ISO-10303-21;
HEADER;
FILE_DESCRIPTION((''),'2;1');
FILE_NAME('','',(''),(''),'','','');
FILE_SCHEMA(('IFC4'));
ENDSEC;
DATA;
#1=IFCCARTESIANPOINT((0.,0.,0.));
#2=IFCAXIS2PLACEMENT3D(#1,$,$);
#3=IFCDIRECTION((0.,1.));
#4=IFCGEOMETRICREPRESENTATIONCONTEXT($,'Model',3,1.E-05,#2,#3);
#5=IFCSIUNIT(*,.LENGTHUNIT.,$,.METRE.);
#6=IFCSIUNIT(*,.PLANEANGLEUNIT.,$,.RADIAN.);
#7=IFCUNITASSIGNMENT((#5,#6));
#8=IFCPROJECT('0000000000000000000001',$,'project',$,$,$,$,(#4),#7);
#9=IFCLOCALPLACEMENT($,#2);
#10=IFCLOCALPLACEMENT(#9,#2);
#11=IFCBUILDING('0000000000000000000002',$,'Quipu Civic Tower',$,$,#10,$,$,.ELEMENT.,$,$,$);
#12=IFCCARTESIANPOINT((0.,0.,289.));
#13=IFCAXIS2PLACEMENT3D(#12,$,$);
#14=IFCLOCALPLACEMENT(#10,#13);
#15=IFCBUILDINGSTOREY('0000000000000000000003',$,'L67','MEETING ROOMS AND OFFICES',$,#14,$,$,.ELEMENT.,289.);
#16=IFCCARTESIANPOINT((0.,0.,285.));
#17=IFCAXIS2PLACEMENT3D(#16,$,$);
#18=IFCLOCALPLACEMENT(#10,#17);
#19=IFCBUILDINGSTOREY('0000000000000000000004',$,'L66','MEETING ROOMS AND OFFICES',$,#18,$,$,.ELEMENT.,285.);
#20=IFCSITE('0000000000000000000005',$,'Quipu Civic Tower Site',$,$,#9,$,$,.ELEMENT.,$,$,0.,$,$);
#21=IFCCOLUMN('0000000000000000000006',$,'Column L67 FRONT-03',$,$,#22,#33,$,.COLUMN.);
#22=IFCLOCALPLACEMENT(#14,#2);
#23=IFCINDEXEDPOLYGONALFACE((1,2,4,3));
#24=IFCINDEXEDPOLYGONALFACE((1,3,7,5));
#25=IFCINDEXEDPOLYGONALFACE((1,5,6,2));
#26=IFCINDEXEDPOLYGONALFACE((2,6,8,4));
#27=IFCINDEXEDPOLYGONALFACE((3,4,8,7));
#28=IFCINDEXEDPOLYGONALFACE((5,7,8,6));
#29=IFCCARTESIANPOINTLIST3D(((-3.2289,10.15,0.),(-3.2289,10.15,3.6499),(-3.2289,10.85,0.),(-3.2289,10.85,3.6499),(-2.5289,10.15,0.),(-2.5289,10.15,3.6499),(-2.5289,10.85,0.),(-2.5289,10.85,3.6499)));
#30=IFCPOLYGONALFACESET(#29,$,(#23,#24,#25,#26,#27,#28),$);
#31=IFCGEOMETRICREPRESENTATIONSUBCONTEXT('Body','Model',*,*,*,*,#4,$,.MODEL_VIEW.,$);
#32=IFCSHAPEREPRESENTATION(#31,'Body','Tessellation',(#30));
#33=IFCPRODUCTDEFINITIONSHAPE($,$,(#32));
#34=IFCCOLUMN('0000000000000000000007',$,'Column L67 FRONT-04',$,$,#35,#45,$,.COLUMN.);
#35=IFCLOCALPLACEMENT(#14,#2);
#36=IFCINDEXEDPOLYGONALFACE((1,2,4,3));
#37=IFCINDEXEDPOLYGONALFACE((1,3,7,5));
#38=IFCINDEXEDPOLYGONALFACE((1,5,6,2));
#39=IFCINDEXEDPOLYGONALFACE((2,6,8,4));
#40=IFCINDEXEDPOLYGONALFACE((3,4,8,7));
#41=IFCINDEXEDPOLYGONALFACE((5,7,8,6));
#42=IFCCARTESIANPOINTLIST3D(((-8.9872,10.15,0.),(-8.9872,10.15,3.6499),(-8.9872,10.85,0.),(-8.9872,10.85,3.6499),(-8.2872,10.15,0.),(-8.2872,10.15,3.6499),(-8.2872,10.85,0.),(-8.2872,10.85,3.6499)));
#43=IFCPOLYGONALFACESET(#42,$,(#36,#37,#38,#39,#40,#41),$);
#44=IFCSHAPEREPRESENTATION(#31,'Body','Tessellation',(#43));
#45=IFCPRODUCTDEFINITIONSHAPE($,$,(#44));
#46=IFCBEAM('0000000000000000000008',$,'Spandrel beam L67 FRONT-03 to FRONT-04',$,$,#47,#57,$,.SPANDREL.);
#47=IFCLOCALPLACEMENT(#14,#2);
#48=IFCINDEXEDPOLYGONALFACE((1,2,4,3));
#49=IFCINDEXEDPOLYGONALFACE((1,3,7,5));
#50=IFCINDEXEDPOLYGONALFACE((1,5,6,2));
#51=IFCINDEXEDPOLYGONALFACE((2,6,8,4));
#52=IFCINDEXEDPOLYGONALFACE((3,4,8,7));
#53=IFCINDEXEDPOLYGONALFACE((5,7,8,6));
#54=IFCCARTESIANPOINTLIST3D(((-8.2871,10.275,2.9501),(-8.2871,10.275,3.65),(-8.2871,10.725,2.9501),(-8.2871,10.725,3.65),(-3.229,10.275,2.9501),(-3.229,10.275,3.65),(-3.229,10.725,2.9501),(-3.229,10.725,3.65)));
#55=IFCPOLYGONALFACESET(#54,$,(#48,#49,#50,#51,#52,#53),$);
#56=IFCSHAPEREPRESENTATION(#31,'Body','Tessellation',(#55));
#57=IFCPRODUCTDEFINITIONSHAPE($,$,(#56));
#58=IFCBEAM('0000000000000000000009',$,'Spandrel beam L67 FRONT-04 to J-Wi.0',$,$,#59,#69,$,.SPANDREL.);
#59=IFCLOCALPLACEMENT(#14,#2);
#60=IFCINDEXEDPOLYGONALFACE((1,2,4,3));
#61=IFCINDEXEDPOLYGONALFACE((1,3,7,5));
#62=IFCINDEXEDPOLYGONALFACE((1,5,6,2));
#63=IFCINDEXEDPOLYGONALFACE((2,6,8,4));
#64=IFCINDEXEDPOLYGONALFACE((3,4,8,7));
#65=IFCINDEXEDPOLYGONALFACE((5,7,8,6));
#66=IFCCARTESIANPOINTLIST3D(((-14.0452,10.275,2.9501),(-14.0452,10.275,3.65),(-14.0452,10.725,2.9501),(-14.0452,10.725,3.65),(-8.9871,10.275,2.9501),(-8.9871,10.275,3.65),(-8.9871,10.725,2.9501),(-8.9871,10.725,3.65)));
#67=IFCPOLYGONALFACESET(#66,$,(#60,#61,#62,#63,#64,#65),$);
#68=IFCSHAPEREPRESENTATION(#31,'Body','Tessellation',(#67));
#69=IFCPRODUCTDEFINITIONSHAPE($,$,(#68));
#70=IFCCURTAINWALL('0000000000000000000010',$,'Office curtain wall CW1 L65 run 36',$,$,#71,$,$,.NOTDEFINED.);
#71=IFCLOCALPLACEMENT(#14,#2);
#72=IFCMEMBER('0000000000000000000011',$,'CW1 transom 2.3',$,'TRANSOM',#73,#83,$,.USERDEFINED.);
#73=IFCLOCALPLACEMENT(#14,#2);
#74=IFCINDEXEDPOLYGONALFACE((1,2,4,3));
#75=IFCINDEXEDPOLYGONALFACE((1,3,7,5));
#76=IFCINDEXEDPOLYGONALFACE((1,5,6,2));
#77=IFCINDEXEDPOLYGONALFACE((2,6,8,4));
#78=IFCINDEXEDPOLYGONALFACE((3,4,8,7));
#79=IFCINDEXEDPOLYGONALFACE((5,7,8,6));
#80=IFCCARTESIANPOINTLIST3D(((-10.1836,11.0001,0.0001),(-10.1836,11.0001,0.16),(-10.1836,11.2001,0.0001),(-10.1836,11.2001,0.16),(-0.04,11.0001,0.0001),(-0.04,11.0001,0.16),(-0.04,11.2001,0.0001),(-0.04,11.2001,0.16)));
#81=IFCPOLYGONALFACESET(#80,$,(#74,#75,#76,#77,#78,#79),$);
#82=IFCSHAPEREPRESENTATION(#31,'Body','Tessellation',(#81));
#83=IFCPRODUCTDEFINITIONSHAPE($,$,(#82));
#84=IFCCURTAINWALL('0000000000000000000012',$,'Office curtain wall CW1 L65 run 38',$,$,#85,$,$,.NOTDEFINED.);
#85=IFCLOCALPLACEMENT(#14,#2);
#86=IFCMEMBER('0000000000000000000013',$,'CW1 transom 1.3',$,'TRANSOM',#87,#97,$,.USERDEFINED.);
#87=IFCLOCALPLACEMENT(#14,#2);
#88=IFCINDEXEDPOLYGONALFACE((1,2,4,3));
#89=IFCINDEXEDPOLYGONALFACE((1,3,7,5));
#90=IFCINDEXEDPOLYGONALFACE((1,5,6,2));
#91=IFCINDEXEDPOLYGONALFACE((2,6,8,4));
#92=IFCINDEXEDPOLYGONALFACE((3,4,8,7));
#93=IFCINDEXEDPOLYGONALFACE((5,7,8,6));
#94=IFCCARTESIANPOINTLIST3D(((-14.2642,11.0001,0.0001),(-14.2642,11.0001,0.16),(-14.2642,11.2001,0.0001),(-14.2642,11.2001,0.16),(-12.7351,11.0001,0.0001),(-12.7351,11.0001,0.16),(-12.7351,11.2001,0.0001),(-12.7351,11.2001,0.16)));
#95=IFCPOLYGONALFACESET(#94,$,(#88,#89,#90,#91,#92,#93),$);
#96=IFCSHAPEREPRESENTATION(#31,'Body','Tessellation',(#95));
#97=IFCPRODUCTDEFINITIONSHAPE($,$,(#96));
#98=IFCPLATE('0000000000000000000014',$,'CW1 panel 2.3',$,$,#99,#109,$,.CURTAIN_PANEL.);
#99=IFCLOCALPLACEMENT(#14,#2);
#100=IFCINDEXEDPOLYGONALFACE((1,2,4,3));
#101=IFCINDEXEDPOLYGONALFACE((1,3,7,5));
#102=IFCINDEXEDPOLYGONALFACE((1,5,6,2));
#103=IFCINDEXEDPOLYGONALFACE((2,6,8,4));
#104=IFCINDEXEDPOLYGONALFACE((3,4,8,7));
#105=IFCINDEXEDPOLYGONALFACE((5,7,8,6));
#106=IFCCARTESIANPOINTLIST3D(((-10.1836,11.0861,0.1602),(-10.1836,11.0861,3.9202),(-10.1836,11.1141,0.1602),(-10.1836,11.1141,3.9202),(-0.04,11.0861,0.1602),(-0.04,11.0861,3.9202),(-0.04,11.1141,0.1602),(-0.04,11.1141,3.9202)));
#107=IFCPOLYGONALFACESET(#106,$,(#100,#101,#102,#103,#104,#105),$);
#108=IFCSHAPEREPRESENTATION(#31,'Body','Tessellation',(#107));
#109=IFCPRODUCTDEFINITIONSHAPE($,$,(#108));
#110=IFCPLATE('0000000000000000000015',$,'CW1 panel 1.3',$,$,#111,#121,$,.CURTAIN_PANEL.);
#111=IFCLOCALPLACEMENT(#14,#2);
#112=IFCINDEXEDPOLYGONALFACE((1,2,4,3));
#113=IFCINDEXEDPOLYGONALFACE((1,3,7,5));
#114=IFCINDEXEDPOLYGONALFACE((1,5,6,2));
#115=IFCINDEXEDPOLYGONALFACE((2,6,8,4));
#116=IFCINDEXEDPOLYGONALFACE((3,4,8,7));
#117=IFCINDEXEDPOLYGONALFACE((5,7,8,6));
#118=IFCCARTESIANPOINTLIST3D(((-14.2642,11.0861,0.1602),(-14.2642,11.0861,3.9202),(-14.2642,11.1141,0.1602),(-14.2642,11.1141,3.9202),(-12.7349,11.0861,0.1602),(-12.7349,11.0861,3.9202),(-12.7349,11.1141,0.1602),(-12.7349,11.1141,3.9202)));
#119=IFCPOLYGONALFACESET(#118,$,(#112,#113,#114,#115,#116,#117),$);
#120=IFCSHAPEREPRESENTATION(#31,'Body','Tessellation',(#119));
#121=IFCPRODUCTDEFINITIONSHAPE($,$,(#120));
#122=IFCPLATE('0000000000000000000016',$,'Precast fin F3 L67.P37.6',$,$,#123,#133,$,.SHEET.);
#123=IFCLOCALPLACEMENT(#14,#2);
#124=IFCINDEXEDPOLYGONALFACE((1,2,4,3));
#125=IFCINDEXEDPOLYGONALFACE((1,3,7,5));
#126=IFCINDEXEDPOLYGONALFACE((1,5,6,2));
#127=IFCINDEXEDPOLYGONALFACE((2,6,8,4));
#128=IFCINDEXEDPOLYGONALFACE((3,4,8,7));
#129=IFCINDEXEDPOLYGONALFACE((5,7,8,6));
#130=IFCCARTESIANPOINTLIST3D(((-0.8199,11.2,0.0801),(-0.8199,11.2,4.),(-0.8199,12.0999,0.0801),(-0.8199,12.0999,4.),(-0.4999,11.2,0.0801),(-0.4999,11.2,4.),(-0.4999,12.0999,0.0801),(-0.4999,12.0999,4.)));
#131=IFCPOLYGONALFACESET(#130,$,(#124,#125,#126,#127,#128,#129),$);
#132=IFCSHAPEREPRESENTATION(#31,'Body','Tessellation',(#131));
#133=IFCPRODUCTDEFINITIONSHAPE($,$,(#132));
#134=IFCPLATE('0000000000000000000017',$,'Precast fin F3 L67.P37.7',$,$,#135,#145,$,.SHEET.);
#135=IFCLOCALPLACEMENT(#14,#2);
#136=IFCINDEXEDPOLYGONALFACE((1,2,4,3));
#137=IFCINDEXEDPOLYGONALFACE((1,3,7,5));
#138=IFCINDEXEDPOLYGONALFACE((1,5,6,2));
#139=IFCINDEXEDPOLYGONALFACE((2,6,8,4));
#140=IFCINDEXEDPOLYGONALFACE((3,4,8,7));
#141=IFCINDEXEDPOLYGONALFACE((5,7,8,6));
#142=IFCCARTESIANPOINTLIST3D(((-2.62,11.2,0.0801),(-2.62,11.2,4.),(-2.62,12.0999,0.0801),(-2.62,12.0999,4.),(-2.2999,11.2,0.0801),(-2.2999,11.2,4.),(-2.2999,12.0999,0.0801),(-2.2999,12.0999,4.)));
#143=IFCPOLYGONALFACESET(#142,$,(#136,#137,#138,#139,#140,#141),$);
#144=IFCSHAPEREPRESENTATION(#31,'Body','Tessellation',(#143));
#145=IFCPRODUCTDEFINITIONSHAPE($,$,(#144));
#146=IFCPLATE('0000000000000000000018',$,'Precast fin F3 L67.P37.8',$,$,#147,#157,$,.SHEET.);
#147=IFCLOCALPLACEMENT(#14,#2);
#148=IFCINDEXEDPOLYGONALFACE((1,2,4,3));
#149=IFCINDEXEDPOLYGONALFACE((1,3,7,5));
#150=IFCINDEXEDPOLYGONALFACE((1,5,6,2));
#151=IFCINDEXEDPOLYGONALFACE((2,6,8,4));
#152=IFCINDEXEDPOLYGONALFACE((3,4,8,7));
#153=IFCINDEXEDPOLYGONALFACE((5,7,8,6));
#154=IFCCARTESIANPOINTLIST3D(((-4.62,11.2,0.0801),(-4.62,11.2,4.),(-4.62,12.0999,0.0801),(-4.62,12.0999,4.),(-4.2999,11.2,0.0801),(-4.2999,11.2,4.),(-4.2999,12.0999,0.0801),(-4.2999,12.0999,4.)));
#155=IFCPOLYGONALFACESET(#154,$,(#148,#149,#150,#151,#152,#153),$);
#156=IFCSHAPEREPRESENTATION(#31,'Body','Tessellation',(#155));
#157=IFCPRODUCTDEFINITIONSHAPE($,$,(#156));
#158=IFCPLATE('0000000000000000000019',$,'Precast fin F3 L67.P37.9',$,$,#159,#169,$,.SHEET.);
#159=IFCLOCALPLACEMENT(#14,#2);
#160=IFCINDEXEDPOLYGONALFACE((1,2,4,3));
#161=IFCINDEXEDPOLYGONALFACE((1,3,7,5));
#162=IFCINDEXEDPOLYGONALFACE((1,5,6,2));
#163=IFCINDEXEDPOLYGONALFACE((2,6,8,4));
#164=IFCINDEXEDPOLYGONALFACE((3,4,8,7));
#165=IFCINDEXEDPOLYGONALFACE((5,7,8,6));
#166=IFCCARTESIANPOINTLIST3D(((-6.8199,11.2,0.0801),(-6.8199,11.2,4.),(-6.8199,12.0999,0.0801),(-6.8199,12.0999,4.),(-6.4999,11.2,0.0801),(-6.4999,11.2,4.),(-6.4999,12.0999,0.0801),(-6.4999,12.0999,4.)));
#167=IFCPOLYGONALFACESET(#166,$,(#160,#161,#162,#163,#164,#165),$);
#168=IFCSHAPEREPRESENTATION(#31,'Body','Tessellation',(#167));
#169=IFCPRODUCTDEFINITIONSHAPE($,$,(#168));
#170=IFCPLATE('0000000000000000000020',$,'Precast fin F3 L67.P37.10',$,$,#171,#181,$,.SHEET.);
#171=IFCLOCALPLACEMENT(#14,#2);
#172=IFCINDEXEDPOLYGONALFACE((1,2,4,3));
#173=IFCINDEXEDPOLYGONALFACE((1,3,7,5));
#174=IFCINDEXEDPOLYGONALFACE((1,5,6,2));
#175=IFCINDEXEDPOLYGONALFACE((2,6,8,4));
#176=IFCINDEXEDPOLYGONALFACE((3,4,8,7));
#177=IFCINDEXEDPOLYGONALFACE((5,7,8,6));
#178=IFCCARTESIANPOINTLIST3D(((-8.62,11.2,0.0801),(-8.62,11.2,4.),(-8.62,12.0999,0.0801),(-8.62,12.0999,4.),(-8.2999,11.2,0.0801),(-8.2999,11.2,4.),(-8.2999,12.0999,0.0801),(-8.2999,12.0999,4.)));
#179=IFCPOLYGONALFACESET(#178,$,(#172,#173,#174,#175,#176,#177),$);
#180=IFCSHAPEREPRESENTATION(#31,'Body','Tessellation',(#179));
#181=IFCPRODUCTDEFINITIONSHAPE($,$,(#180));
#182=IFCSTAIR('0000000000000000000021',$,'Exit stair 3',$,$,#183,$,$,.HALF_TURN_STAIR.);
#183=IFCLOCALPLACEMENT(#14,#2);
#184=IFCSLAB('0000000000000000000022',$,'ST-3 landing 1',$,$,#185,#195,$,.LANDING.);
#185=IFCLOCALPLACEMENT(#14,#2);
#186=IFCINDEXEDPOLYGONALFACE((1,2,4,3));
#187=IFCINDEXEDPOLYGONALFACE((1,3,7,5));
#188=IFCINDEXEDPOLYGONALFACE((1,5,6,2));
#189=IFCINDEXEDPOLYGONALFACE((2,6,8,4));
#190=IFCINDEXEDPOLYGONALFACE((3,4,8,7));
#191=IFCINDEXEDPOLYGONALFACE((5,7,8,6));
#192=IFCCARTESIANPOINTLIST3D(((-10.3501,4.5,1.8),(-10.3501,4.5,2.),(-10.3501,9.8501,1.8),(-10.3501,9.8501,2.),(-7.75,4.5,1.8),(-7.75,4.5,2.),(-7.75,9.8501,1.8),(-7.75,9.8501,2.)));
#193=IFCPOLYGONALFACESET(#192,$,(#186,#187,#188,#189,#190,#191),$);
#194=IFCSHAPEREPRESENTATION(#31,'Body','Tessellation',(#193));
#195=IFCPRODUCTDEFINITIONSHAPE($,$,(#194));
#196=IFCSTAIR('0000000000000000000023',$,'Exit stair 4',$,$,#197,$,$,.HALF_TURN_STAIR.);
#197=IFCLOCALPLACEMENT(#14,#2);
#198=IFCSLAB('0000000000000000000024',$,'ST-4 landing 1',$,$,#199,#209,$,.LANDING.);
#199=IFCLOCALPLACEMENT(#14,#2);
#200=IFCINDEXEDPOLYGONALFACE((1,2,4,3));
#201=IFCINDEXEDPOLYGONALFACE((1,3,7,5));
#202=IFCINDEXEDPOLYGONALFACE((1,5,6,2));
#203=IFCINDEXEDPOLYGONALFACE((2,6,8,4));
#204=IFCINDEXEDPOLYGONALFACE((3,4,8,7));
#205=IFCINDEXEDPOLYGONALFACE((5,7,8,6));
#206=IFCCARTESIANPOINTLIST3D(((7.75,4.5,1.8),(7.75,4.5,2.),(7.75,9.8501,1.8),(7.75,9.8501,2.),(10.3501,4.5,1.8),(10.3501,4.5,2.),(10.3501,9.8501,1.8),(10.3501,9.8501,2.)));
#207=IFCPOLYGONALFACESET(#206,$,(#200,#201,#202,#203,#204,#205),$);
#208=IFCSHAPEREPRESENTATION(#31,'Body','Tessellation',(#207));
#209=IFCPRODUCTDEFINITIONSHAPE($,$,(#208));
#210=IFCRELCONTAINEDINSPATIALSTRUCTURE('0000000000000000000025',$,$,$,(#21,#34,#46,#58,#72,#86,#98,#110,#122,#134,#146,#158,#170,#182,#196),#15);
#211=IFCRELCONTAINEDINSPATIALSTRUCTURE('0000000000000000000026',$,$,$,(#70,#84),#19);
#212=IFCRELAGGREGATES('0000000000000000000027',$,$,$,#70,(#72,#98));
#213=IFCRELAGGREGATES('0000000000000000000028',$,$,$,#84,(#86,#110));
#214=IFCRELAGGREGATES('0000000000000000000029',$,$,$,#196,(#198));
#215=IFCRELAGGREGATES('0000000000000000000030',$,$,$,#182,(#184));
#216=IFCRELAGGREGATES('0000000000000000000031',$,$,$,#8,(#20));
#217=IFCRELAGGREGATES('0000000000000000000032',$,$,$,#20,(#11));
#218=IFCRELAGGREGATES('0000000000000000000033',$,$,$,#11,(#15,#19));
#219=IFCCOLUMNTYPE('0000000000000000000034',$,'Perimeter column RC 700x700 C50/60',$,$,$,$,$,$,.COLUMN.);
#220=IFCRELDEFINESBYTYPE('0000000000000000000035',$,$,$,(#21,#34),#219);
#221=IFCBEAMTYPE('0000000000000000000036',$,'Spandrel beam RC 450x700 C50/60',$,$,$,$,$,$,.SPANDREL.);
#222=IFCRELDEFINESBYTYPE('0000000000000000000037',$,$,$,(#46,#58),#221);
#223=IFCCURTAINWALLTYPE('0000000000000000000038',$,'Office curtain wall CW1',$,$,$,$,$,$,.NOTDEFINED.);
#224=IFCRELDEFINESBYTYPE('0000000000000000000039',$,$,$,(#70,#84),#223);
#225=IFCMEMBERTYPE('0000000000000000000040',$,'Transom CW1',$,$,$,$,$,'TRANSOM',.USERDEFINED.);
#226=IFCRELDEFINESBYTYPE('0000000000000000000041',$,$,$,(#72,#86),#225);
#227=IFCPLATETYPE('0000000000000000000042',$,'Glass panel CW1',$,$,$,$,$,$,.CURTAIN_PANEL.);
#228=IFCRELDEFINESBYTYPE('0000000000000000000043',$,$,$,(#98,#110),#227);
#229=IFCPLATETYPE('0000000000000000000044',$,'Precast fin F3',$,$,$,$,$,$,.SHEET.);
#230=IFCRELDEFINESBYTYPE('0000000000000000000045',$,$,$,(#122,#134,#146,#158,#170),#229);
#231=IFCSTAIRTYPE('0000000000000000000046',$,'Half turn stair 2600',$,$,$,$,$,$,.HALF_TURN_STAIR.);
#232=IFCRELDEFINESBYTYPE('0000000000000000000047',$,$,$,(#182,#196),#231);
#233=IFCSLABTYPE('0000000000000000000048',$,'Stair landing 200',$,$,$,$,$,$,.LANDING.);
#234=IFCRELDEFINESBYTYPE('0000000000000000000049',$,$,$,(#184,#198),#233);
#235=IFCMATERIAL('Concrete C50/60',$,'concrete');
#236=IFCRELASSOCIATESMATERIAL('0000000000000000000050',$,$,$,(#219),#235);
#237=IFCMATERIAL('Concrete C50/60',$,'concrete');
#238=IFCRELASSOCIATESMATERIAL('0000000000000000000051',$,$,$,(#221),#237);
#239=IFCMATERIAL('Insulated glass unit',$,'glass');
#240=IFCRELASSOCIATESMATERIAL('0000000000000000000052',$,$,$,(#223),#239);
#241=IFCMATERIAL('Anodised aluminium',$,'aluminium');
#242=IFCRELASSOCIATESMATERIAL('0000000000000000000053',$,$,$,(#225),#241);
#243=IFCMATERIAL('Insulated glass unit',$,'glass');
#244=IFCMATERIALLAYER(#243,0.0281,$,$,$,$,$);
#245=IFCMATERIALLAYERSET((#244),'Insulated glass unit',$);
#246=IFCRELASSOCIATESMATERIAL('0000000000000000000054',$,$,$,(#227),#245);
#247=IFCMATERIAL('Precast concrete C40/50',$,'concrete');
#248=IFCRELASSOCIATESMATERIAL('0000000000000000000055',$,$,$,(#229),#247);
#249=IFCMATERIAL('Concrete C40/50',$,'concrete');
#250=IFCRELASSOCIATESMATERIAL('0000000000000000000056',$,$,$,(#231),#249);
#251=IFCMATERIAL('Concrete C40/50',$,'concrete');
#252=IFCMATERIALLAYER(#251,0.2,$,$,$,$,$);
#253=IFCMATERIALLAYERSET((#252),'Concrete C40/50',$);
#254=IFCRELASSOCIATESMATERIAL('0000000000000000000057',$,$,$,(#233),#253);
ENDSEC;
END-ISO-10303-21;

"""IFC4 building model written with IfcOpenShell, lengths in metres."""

from ifc_helpers import new_model, si_unit, direction, frame, origin, origin_2d, place, context, subcontext, project, spatial, polyline, rectangle, outline, extrude, material, layer, layer_set, material_profile, profile_set, type_object, element, aggregate, save


model = new_model("IFC4")

# Units and contexts
model_context = context("Model", 3, precision=1e-05, world=origin(), true_north=direction((0.0, 1.0)))
body_context = subcontext(model_context, "Body", "Model", "MODEL_VIEW")
ifc_project = project(units=[si_unit("LENGTHUNIT", "METRE"), si_unit("PLANEANGLEUNIT", "RADIAN")], contexts=[model_context])

# Site, building, storey
site_placement = place(None, origin())
site = spatial("IfcSite", under=ifc_project, at=site_placement, Name="Quipu Civic Tower Site", CompositionType="ELEMENT", RefElevation=0.0)
building_placement = place(site_placement, origin())
building = spatial("IfcBuilding", under=site, at=building_placement, Name="Quipu Civic Tower", CompositionType="ELEMENT")
storey_1_placement = place(building_placement, frame((0.0, 0.0, 289.0)))
storey_1 = spatial("IfcBuildingStorey", under=building, at=storey_1_placement, Name="L67", Description="MEETING ROOMS AND OFFICES", CompositionType="ELEMENT", Elevation=289.0)

# Columns
ifc_material_1 = material(Name="Concrete C50/60", Category="concrete")
ifc_material_profile_1 = material_profile(ifc_material_1, rectangle(XDim=0.7, YDim=0.7, at=origin_2d()), Name="RC700x700")
ifc_profile_set_1 = profile_set([ifc_material_profile_1], Name="Concrete C50/60")
column_type = type_object("IfcColumnType", Name="Perimeter column RC 700x700 C50/60", PredefinedType="COLUMN", material=ifc_profile_set_1)
for number, where, z_axis, x_axis, name in (
    (1, (-2.8789, 10.5, 0.0), (0.0, 0.0, 1.0), (-1.0, 0.0, 0.0), "Column L67 FRONT-03"),
    (2, (-8.6372, 10.5, 0.0), (0.0, 0.0, 1.0), (-1.0, 0.0, 0.0), "Column L67 FRONT-04"),
):
    element("IfcColumn", number, at=place(storey_1_placement, frame(where, z_axis=z_axis, x_axis=x_axis)), inside=storey_1, type_object=column_type, Name=name, PredefinedType="COLUMN", context=body_context, shape_type="SweptSolid", body=[
        extrude(rectangle(XDim=0.7, YDim=0.7, at=origin_2d()), origin(), (0.0, 0.0, 1.0), 3.6499),
    ])

# Beams
ifc_material_2 = material(Name="Concrete C50/60", Category="concrete")
ifc_material_profile_2 = material_profile(ifc_material_2, rectangle(XDim=0.45, YDim=0.7, at=origin_2d()), Name="RC450x700")
ifc_profile_set_2 = profile_set([ifc_material_profile_2], Name="Concrete C50/60")
beam_type = type_object("IfcBeamType", Name="Spandrel beam RC 450x700 C50/60", PredefinedType="SPANDREL", material=ifc_profile_set_2)
for number, where, z_axis, x_axis, name in (
    (3, (-3.229, 10.5, 3.3), (-1.0, 0.0, 0.0), (0.0, -1.0, 0.0), "Spandrel beam L67 FRONT-03 to FRONT-04"),
    (4, (-8.9871, 10.5, 3.3), (-1.0, 0.0, 0.0), (0.0, -1.0, 0.0), "Spandrel beam L67 FRONT-04 to J-Wi.0"),
):
    element("IfcBeam", number, at=place(storey_1_placement, frame(where, z_axis=z_axis, x_axis=x_axis)), inside=storey_1, type_object=beam_type, Name=name, PredefinedType="SPANDREL", context=body_context, shape_type="SweptSolid", body=[
        extrude(rectangle(XDim=0.45, YDim=0.7, at=origin_2d()), origin(), (0.0, 0.0, 1.0), 5.0581),
    ])

# Shared definitions
storey_2_placement = place(building_placement, frame((0.0, 0.0, 285.0)))
storey_2 = spatial("IfcBuildingStorey", under=building, at=storey_2_placement, Name="L66", Description="MEETING ROOMS AND OFFICES", CompositionType="ELEMENT", Elevation=285.0)

# Curtain walls, members
ifc_material_3 = material(Name="Insulated glass unit", Category="glass")
curtain_wall_type = type_object("IfcCurtainWallType", Name="Office curtain wall CW1", PredefinedType="NOTDEFINED", material=ifc_material_3)
curtain_wall_1_placement = place(storey_2_placement, origin())
curtain_wall_1 = element("IfcCurtainWall", 5, at=curtain_wall_1_placement, inside=storey_2, type_object=curtain_wall_type, Name="Office curtain wall CW1 L65 run 36", PredefinedType="NOTDEFINED")
ifc_material_4 = material(Name="Anodised aluminium", Category="aluminium")
ifc_material_profile_3 = material_profile(ifc_material_4, rectangle(XDim=0.2, YDim=0.1599, at=origin_2d()), Name="RECT 200x160")
ifc_profile_set_3 = profile_set([ifc_material_profile_3], Name="Anodised aluminium")
member_type = type_object("IfcMemberType", Name="Transom CW1", ElementType="TRANSOM", PredefinedType="USERDEFINED", material=ifc_profile_set_3)
member_1_placement = place(storey_1_placement, frame((-0.04, 11.1001, 0.0801), z_axis=(-1.0, 0.0, 0.0), x_axis=(0.0, -1.0, 0.0)))
member_1 = element("IfcMember", 6, at=member_1_placement, inside=storey_1, type_object=member_type, Name="CW1 transom 2.3", ObjectType="TRANSOM", PredefinedType="USERDEFINED", context=body_context, shape_type="SweptSolid", body=[
    extrude(rectangle(XDim=0.2, YDim=0.1599, at=origin_2d()), origin(), (0.0, 0.0, 1.0), 10.1436),
])
curtain_wall_2_placement = place(storey_2_placement, origin())
curtain_wall_2 = element("IfcCurtainWall", 7, at=curtain_wall_2_placement, inside=storey_2, type_object=curtain_wall_type, Name="Office curtain wall CW1 L65 run 38", PredefinedType="NOTDEFINED")
member_2_placement = place(storey_1_placement, frame((-12.7351, 11.1001, 0.0801), z_axis=(-1.0, 0.0, 0.0), x_axis=(0.0, -1.0, 0.0)))
member_2 = element("IfcMember", 8, at=member_2_placement, inside=storey_1, type_object=member_type, Name="CW1 transom 1.3", ObjectType="TRANSOM", PredefinedType="USERDEFINED", context=body_context, shape_type="SweptSolid", body=[
    extrude(rectangle(XDim=0.2, YDim=0.1599, at=origin_2d()), origin(), (0.0, 0.0, 1.0), 1.5291),
])

# Plates
ifc_material_5 = material(Name="Insulated glass unit", Category="glass")
ifc_layer_1 = layer(ifc_material_5, 0.0281)
ifc_layer_set_1 = layer_set([ifc_layer_1], Name="Insulated glass unit")
plate_type_1 = type_object("IfcPlateType", Name="Glass panel CW1", PredefinedType="CURTAIN_PANEL", material=ifc_layer_set_1)
plate_1_placement = place(storey_1_placement, frame((-5.1118, 11.1001, 0.1602), z_axis=(0.0, 0.0, 1.0), x_axis=(-1.0, 0.0, 0.0)))
plate_1 = element("IfcPlate", 9, at=plate_1_placement, inside=storey_1, type_object=plate_type_1, Name="CW1 panel 2.3", PredefinedType="CURTAIN_PANEL", context=body_context, shape_type="SweptSolid", body=[
    extrude(rectangle(XDim=10.1436, YDim=0.0281, at=origin_2d()), origin(), (0.0, 0.0, 1.0), 3.76),
])
aggregate(curtain_wall_1, [member_1, plate_1])
plate_2_placement = place(storey_1_placement, frame((-13.4995, 11.1001, 0.1602), z_axis=(0.0, 0.0, 1.0), x_axis=(-1.0, 0.0, 0.0)))
plate_2 = element("IfcPlate", 10, at=plate_2_placement, inside=storey_1, type_object=plate_type_1, Name="CW1 panel 1.3", PredefinedType="CURTAIN_PANEL", context=body_context, shape_type="SweptSolid", body=[
    extrude(rectangle(XDim=1.5293, YDim=0.0281, at=origin_2d()), origin(), (0.0, 0.0, 1.0), 3.76),
])
aggregate(curtain_wall_2, [member_2, plate_2])

# Plates
ifc_material_6 = material(Name="Precast concrete C40/50", Category="concrete")
plate_type_2 = type_object("IfcPlateType", Name="Precast fin F3", PredefinedType="SHEET", material=ifc_material_6)
for number, where, z_axis, x_axis, name in (
    (11, (-0.6599, 11.6499, 0.0801), (0.0, 0.0, 1.0), (-1.0, 0.0, 0.0), "Precast fin F3 L67.P37.6"),
    (12, (-2.46, 11.6499, 0.0801), (0.0, 0.0, 1.0), (-1.0, 0.0, 0.0), "Precast fin F3 L67.P37.7"),
    (13, (-4.46, 11.6499, 0.0801), (0.0, 0.0, 1.0), (-1.0, 0.0, 0.0), "Precast fin F3 L67.P37.8"),
    (14, (-6.6599, 11.6499, 0.0801), (0.0, 0.0, 1.0), (-1.0, 0.0, 0.0), "Precast fin F3 L67.P37.9"),
    (15, (-8.46, 11.6499, 0.0801), (0.0, 0.0, 1.0), (-1.0, 0.0, 0.0), "Precast fin F3 L67.P37.10"),
):
    element("IfcPlate", number, at=place(storey_1_placement, frame(where, z_axis=z_axis, x_axis=x_axis)), inside=storey_1, type_object=plate_type_2, Name=name, PredefinedType="SHEET", context=body_context, shape_type="SweptSolid", body=[
        extrude(rectangle(XDim=0.3201, YDim=0.8999, at=origin_2d()), origin(), (0.0, 0.0, 1.0), 3.9199),
    ])

# Stairs, slabs
ifc_material_7 = material(Name="Concrete C40/50", Category="concrete")
stair_type = type_object("IfcStairType", Name="Half turn stair 2600", PredefinedType="HALF_TURN_STAIR", material=ifc_material_7)
stair_1_placement = place(storey_1_placement, origin())
stair_1 = element("IfcStair", 16, at=stair_1_placement, inside=storey_1, type_object=stair_type, Name="Exit stair 3", PredefinedType="HALF_TURN_STAIR")
ifc_material_8 = material(Name="Concrete C40/50", Category="concrete")
ifc_layer_2 = layer(ifc_material_8, 0.2)
ifc_layer_set_2 = layer_set([ifc_layer_2], Name="Concrete C40/50")
slab_type = type_object("IfcSlabType", Name="Stair landing 200", PredefinedType="LANDING", material=ifc_layer_set_2)
slab_1_placement = place(storey_1_placement, frame((0.0, 0.0, 1.8)))
slab_1 = element("IfcSlab", 17, at=slab_1_placement, type_object=slab_type, Name="ST-3 landing 1", PredefinedType="LANDING", context=body_context, shape_type="SweptSolid", body=[
    extrude(outline(polyline([(-10.3501, 4.5), (-7.75, 4.5), (-7.75, 9.8501), (-10.3501, 9.8501), (-10.3501, 4.5)])), origin(), (0.0, 0.0, 1.0), 0.2),
])
stair_2_placement = place(storey_1_placement, origin())
stair_2 = element("IfcStair", 18, at=stair_2_placement, inside=storey_1, type_object=stair_type, Name="Exit stair 4", PredefinedType="HALF_TURN_STAIR")
slab_2_placement = place(storey_1_placement, frame((0.0, 0.0, 1.8)))
slab_2 = element("IfcSlab", 19, at=slab_2_placement, type_object=slab_type, Name="ST-4 landing 1", PredefinedType="LANDING", context=body_context, shape_type="SweptSolid", body=[
    extrude(outline(polyline([(10.3501, 9.8501), (7.75, 9.8501), (7.75, 4.5), (10.3501, 4.5), (10.3501, 9.8501)])), origin(), (0.0, 0.0, 1.0), 0.2),
])
aggregate(stair_2, [slab_2])

aggregate(stair_1, [slab_1])

save(model, "model.ifc")
